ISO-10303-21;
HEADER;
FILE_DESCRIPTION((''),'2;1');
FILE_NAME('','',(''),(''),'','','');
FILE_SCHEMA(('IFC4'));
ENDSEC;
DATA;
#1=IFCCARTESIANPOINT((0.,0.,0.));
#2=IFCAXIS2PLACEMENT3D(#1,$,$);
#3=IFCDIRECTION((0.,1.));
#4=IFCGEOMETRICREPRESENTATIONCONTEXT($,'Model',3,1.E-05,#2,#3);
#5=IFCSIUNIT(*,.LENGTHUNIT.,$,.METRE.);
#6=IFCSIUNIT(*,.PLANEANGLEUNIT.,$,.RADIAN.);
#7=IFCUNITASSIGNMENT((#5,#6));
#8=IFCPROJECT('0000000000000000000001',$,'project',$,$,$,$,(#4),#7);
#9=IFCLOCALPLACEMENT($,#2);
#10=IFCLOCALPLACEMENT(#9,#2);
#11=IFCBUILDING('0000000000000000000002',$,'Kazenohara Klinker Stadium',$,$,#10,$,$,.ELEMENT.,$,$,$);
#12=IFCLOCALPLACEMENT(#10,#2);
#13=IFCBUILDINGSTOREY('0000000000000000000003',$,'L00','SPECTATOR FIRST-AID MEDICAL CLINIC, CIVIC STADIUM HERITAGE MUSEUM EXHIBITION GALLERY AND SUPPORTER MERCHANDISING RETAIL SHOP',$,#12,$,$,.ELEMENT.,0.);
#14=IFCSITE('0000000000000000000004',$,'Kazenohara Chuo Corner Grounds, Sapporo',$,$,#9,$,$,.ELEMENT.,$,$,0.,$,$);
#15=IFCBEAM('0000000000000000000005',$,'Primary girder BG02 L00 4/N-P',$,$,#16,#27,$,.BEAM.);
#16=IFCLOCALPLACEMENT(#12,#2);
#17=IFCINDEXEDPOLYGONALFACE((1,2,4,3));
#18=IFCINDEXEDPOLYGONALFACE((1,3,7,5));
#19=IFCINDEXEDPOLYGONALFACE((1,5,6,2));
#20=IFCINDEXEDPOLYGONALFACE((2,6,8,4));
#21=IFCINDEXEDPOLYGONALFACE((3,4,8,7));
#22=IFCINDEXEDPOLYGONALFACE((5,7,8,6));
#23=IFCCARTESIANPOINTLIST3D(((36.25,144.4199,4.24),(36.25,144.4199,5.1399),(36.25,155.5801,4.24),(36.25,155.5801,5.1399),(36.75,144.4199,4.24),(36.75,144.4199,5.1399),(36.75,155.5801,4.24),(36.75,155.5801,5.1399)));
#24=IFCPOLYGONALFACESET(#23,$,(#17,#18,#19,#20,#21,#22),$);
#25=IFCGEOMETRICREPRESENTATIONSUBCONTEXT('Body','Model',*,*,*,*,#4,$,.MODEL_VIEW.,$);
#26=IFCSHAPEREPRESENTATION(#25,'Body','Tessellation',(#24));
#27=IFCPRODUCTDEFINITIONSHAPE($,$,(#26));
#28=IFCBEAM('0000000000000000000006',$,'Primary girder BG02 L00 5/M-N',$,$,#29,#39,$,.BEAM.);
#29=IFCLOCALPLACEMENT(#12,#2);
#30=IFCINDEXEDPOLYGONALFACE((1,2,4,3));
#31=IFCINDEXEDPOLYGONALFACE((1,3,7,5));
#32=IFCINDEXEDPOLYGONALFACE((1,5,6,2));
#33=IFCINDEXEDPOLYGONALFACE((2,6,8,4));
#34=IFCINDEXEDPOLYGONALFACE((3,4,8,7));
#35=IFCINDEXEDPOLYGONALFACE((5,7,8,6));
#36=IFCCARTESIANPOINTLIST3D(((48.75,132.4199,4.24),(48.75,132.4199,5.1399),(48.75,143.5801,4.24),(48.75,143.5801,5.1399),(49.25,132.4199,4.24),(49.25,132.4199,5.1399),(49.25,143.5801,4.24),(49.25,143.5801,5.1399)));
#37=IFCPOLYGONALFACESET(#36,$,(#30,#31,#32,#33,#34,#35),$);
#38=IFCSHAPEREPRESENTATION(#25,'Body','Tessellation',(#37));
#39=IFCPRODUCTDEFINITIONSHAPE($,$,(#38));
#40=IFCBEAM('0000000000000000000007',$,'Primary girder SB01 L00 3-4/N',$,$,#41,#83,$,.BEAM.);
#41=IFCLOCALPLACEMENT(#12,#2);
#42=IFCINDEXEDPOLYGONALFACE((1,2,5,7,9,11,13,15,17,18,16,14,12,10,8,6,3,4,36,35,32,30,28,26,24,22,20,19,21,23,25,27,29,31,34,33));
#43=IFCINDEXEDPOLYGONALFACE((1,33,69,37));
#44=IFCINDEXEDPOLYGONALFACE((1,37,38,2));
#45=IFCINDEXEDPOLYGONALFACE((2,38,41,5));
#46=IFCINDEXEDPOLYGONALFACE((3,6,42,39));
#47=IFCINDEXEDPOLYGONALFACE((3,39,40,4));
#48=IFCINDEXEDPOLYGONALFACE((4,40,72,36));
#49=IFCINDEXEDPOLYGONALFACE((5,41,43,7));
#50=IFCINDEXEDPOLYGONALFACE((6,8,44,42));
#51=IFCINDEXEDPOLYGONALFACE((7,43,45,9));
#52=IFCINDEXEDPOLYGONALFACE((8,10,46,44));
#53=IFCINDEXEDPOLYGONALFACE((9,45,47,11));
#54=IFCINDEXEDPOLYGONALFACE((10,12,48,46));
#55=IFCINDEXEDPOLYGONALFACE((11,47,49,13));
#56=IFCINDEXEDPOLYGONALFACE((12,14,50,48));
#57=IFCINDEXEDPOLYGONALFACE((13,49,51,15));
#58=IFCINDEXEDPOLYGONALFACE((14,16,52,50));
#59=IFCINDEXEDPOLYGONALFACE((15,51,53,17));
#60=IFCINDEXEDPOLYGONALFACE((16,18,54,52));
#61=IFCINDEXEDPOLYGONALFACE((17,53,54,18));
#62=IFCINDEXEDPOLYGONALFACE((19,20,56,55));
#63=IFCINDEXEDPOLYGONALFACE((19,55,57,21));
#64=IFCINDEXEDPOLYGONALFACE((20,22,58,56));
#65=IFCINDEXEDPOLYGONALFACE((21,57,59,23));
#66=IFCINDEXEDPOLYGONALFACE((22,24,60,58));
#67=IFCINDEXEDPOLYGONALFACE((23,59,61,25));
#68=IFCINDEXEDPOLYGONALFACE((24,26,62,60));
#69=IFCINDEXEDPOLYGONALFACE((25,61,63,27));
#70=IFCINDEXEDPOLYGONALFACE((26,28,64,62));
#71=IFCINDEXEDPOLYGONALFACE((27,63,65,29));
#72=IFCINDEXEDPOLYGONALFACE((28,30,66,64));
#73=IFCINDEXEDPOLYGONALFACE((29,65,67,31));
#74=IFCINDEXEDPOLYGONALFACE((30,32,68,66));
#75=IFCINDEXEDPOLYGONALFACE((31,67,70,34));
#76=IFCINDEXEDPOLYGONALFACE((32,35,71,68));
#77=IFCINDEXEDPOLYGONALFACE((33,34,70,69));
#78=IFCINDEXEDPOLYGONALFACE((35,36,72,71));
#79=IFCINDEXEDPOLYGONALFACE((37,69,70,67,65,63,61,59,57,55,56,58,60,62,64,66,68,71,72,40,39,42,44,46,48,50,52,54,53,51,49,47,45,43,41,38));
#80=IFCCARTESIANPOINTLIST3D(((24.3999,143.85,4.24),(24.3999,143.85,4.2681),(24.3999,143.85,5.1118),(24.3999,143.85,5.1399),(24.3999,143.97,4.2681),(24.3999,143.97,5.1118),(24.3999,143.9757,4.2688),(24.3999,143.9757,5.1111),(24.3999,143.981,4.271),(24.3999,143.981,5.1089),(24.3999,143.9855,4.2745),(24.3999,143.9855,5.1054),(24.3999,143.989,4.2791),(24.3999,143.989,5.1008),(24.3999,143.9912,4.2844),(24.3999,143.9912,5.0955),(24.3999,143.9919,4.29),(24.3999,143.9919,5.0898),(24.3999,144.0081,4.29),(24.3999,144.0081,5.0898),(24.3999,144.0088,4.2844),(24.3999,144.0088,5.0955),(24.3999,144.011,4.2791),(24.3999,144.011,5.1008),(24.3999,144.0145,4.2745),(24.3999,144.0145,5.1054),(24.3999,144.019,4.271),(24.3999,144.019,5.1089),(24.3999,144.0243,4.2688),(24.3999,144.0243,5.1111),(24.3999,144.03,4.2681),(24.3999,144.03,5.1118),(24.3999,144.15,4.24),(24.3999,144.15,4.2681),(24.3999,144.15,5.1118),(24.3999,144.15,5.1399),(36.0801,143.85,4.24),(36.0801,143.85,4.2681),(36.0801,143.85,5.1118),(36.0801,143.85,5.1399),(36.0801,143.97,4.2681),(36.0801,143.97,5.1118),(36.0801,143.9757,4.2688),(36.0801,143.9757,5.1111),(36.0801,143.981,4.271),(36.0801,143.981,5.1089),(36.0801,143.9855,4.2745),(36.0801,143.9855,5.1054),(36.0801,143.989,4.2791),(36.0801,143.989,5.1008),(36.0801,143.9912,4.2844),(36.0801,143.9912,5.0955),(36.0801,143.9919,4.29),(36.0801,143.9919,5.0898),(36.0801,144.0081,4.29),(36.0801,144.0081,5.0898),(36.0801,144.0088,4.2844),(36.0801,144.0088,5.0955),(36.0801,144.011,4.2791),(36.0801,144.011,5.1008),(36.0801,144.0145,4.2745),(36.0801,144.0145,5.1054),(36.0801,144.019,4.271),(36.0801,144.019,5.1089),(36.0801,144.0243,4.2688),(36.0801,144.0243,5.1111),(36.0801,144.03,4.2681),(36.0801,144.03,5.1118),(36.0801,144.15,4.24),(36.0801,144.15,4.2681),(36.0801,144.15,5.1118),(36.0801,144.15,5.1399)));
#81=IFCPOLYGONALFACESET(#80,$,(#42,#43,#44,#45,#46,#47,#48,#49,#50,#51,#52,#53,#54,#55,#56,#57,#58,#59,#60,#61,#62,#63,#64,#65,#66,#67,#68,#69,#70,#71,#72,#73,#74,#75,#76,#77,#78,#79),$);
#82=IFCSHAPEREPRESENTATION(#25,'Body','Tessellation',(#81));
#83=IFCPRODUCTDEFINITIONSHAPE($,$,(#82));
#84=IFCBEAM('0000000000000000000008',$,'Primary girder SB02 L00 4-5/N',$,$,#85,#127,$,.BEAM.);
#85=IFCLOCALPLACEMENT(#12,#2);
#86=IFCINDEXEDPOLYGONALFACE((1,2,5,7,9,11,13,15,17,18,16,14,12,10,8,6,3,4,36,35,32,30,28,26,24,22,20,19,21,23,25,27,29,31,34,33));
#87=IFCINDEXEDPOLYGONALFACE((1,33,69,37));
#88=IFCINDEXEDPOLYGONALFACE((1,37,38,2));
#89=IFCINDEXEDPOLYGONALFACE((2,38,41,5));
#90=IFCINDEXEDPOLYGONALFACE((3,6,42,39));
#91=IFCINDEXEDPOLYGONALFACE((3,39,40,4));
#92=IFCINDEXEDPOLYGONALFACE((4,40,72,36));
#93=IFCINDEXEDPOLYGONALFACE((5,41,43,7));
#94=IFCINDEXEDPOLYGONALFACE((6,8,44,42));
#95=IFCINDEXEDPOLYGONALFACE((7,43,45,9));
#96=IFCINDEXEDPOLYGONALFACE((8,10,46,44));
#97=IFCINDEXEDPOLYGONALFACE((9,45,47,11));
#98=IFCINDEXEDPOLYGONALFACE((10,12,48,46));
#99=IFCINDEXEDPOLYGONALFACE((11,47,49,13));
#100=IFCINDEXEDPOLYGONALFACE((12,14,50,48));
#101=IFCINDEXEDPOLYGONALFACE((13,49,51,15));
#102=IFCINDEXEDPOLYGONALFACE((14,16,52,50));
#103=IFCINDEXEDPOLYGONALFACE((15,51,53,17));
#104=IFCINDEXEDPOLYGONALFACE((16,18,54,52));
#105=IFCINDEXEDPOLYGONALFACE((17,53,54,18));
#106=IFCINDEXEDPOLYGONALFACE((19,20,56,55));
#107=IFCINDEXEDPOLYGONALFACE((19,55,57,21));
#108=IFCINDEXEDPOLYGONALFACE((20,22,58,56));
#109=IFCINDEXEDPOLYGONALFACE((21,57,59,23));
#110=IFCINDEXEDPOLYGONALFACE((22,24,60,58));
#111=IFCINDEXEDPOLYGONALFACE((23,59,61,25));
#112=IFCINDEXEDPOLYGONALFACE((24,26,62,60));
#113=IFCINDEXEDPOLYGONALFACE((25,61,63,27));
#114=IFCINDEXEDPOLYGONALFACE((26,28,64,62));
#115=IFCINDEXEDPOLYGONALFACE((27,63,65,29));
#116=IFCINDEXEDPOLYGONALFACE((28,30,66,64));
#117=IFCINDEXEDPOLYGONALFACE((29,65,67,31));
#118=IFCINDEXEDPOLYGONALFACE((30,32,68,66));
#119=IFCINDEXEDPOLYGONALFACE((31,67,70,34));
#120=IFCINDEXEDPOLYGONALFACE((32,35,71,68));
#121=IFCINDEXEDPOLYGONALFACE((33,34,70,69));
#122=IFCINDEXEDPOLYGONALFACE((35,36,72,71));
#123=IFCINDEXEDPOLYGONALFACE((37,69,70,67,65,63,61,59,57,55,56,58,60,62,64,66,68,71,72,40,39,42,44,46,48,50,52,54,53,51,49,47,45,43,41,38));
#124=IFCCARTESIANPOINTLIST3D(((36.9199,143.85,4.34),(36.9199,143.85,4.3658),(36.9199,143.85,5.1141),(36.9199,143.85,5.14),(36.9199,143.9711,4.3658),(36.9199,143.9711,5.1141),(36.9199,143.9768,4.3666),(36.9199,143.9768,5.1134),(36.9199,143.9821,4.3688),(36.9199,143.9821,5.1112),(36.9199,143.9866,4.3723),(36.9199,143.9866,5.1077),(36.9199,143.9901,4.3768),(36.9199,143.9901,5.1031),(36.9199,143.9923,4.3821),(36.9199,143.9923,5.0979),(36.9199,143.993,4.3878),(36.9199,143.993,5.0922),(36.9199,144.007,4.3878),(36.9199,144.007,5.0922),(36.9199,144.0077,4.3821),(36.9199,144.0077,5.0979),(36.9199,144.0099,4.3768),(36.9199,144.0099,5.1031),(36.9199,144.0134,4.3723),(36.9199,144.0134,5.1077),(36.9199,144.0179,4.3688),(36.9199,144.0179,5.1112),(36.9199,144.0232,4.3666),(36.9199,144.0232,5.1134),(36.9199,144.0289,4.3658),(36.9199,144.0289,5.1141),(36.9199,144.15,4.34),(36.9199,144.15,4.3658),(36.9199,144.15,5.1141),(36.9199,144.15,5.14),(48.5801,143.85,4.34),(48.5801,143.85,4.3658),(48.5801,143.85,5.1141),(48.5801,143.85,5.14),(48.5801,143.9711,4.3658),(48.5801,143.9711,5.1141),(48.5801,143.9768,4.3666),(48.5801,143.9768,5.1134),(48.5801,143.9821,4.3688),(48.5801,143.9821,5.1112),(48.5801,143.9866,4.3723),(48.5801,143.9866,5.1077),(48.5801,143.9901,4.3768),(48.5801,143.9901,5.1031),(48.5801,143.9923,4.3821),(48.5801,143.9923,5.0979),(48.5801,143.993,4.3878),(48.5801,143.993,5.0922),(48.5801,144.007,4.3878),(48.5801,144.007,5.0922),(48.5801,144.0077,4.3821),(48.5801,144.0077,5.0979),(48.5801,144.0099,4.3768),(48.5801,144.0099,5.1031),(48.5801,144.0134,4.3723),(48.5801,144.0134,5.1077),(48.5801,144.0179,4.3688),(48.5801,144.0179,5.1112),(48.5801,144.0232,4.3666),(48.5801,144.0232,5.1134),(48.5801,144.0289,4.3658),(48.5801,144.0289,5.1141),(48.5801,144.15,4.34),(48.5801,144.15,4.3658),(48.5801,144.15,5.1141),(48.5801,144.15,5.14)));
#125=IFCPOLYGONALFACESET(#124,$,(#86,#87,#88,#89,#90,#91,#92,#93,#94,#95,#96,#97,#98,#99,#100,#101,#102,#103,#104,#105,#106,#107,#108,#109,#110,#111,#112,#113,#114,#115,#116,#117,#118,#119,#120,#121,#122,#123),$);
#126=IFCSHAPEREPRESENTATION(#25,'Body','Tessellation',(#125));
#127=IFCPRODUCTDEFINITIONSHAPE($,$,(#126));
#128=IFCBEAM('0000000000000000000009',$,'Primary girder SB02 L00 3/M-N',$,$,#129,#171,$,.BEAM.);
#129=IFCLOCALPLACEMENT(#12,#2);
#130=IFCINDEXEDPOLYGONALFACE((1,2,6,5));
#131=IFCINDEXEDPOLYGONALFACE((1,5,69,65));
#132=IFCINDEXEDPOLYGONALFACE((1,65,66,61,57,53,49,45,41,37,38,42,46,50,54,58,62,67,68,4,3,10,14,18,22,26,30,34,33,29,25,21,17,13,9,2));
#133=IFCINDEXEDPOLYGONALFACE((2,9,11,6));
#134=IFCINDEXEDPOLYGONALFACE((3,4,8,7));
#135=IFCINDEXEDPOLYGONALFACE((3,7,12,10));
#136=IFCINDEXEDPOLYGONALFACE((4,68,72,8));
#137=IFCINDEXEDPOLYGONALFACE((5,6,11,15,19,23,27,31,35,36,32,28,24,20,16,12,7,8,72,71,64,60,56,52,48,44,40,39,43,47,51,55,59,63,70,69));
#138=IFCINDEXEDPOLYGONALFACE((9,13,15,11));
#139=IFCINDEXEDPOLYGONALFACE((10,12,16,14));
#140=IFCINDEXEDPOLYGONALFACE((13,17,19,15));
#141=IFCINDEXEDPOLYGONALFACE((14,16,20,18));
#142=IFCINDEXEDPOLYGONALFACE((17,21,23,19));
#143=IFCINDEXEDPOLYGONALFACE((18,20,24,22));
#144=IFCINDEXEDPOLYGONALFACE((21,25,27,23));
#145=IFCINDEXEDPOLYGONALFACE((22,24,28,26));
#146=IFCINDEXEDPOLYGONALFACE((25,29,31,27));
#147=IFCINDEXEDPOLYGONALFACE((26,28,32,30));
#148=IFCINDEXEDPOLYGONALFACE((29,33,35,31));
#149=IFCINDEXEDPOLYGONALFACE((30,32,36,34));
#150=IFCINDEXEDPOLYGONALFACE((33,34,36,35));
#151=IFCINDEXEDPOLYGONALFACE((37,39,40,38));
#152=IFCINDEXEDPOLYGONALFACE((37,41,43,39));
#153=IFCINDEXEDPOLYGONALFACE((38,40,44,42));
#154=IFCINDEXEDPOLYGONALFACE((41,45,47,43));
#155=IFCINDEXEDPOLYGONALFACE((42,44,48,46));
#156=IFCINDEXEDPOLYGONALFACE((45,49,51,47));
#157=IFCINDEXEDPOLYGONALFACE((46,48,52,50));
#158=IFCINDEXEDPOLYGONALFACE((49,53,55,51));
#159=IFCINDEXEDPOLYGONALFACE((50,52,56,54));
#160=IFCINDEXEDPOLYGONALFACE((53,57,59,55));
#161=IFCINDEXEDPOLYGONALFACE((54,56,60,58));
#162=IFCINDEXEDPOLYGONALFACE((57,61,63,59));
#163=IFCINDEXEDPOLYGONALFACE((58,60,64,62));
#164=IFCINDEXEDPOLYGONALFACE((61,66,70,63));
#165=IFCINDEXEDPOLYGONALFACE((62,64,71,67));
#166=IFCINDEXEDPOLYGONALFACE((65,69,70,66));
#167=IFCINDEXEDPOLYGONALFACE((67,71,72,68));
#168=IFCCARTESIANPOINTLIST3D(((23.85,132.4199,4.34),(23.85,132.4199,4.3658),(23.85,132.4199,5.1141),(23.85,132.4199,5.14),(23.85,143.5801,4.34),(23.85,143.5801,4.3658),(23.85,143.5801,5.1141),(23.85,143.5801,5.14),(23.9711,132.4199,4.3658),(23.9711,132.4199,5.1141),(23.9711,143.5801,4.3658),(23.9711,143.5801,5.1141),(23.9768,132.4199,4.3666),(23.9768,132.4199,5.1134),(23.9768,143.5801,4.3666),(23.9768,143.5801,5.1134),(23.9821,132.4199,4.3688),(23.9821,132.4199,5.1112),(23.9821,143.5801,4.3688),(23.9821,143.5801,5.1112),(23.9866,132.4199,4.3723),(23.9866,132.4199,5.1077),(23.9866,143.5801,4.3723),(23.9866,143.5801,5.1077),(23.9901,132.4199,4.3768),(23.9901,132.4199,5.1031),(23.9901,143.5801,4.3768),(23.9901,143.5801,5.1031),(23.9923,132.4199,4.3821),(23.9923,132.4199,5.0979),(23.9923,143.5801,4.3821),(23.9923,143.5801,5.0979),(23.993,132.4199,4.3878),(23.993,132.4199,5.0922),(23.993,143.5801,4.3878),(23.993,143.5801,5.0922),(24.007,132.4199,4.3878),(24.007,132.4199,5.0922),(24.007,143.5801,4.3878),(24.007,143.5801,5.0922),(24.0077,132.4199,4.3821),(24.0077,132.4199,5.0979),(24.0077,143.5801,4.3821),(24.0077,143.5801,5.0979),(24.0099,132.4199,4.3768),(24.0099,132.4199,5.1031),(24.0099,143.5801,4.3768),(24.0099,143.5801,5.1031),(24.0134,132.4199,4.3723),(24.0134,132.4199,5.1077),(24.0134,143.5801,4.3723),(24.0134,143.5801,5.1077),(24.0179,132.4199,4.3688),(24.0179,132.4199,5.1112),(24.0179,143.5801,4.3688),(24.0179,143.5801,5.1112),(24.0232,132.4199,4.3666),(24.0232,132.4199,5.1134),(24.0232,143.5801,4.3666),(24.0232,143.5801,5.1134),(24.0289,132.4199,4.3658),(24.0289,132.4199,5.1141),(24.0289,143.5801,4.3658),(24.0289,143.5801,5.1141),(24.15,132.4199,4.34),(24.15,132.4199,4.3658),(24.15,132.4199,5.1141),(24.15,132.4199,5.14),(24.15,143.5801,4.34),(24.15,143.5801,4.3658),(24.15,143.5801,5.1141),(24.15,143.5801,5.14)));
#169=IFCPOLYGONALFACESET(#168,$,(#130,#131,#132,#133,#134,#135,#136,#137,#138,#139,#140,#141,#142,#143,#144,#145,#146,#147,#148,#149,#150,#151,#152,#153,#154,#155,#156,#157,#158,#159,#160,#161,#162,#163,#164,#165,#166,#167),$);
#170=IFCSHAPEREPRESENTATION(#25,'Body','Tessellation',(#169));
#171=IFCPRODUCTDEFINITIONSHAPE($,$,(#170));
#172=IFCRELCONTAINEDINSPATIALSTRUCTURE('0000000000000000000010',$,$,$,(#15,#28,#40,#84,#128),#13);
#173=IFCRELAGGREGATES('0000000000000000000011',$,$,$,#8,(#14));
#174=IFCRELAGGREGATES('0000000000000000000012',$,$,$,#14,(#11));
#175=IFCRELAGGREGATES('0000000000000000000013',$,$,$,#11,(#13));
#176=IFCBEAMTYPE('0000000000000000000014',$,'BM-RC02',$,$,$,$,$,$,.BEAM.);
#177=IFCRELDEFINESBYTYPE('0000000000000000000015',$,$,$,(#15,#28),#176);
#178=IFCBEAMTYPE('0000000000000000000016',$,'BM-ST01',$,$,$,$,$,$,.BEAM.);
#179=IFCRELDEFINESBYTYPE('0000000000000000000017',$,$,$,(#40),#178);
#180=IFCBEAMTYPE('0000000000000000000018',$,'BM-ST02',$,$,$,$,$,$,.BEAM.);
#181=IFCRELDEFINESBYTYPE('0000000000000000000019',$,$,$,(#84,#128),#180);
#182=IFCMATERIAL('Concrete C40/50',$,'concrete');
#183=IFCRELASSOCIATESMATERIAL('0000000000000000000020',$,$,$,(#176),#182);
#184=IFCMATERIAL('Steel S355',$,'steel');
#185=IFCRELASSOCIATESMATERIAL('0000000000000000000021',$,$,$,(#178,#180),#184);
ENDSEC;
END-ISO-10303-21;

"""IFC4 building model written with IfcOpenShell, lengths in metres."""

from ifc_helpers import new_model, si_unit, direction, frame, origin, origin_2d, place, context, subcontext, project, spatial, rectangle, i_section, extrude, material, material_profile, profile_set, type_object, element, save


model = new_model("IFC4")

# Units and contexts
model_context = context("Model", 3, precision=1e-05, world=origin(), true_north=direction((0.0, 1.0)))
body_context = subcontext(model_context, "Body", "Model", "MODEL_VIEW")
ifc_project = project(units=[si_unit("LENGTHUNIT", "METRE"), si_unit("PLANEANGLEUNIT", "RADIAN")], contexts=[model_context])

# Site, building, storey
site_placement = place(None, origin())
site = spatial("IfcSite", under=ifc_project, at=site_placement, Name="Kazenohara Chuo Corner Grounds, Sapporo", CompositionType="ELEMENT", RefElevation=0.0)
building_placement = place(site_placement, origin())
building = spatial("IfcBuilding", under=site, at=building_placement, Name="Kazenohara Klinker Stadium", CompositionType="ELEMENT")
storey_placement = place(building_placement, origin())
storey = spatial("IfcBuildingStorey", under=building, at=storey_placement, Name="L00", Description="SPECTATOR FIRST-AID MEDICAL CLINIC, CIVIC STADIUM HERITAGE MUSEUM EXHIBITION GALLERY AND SUPPORTER MERCHANDISING RETAIL SHOP", CompositionType="ELEMENT", Elevation=0.0)

# Shared definitions
ifc_material_1 = material(Name="Concrete C40/50", Category="concrete")

# Beams
ifc_material_2 = material(Name="Steel S355", Category="steel")
ifc_material_profile_1 = material_profile(ifc_material_1, rectangle(XDim=0.5, YDim=0.8999, at=origin_2d()), Name="RC-BM-500x900")
ifc_profile_set_1 = profile_set([ifc_material_profile_1], Name="Concrete C40/50")
beam_type_1 = type_object("IfcBeamType", Name="BM-RC02", PredefinedType="BEAM", material=ifc_profile_set_1)
for number, where, z_axis, x_axis, name in (
    (1, (36.5, 144.4199, 4.6899), (0.0, 1.0, 0.0), (-1.0, 0.0, 0.0), "Primary girder BG02 L00 4/N-P"),
    (2, (49.0, 132.4199, 4.6899), (0.0, 1.0, 0.0), (-1.0, 0.0, 0.0), "Primary girder BG02 L00 5/M-N"),
):
    element("IfcBeam", number, at=place(storey_placement, frame(where, z_axis=z_axis, x_axis=x_axis)), inside=storey, type_object=beam_type_1, Name=name, PredefinedType="BEAM", context=body_context, shape_type="SweptSolid", body=[
        extrude(rectangle(XDim=0.5, YDim=0.8999, at=origin_2d()), origin(), (0.0, 0.0, 1.0), 11.1602),
    ])
ifc_material_profile_2 = material_profile(ifc_material_2, i_section(OverallWidth=0.3, OverallDepth=0.8999, WebThickness=0.0161, FlangeThickness=0.0281, FilletRadius=0.022, at=origin_2d()), Name="H-900x300x16x28")
ifc_profile_set_2 = profile_set([ifc_material_profile_2], Name="Steel S355")
beam_type_2 = type_object("IfcBeamType", Name="BM-ST01", PredefinedType="BEAM", material=ifc_profile_set_2)
beam_1_placement = place(storey_placement, frame((24.3999, 144.0, 4.6899), z_axis=(1.0, 0.0, 0.0), x_axis=(0.0, 1.0, 0.0)))
element("IfcBeam", 3, at=beam_1_placement, inside=storey, type_object=beam_type_2, Name="Primary girder SB01 L00 3-4/N", PredefinedType="BEAM", context=body_context, shape_type="SweptSolid", body=[
    extrude(i_section(OverallWidth=0.3, OverallDepth=0.8999, WebThickness=0.0161, FlangeThickness=0.0281, FilletRadius=0.022, at=origin_2d()), origin(), (0.0, 0.0, 1.0), 11.6802),
])
ifc_material_profile_3 = material_profile(ifc_material_2, i_section(OverallWidth=0.3, OverallDepth=0.8, WebThickness=0.0139, FlangeThickness=0.0259, FilletRadius=0.022, at=origin_2d()), Name="H-800x300x14x26")
ifc_profile_set_3 = profile_set([ifc_material_profile_3], Name="Steel S355")
beam_type_3 = type_object("IfcBeamType", Name="BM-ST02", PredefinedType="BEAM", material=ifc_profile_set_3)
beam_2_placement = place(storey_placement, frame((36.9199, 144.0, 4.74), z_axis=(1.0, 0.0, 0.0), x_axis=(0.0, 1.0, 0.0)))
element("IfcBeam", 4, at=beam_2_placement, inside=storey, type_object=beam_type_3, Name="Primary girder SB02 L00 4-5/N", PredefinedType="BEAM", context=body_context, shape_type="SweptSolid", body=[
    extrude(i_section(OverallWidth=0.3, OverallDepth=0.8, WebThickness=0.0139, FlangeThickness=0.0259, FilletRadius=0.022, at=origin_2d()), origin(), (0.0, 0.0, 1.0), 11.6602),
])
for number, where, z_axis, x_axis, name in (
    (5, (24.0, 132.4199, 4.74), (0.0, 1.0, 0.0), (-1.0, 0.0, 0.0), "Primary girder SB02 L00 3/M-N"),
):
    element("IfcBeam", number, at=place(storey_placement, frame(where, z_axis=z_axis, x_axis=x_axis)), inside=storey, type_object=beam_type_3, Name=name, PredefinedType="BEAM", context=body_context, shape_type="SweptSolid", body=[
        extrude(i_section(OverallWidth=0.3, OverallDepth=0.8, WebThickness=0.0139, FlangeThickness=0.0259, FilletRadius=0.022, at=origin_2d()), origin(), (0.0, 0.0, 1.0), 11.1602),
    ])

save(model, "model.ifc")
